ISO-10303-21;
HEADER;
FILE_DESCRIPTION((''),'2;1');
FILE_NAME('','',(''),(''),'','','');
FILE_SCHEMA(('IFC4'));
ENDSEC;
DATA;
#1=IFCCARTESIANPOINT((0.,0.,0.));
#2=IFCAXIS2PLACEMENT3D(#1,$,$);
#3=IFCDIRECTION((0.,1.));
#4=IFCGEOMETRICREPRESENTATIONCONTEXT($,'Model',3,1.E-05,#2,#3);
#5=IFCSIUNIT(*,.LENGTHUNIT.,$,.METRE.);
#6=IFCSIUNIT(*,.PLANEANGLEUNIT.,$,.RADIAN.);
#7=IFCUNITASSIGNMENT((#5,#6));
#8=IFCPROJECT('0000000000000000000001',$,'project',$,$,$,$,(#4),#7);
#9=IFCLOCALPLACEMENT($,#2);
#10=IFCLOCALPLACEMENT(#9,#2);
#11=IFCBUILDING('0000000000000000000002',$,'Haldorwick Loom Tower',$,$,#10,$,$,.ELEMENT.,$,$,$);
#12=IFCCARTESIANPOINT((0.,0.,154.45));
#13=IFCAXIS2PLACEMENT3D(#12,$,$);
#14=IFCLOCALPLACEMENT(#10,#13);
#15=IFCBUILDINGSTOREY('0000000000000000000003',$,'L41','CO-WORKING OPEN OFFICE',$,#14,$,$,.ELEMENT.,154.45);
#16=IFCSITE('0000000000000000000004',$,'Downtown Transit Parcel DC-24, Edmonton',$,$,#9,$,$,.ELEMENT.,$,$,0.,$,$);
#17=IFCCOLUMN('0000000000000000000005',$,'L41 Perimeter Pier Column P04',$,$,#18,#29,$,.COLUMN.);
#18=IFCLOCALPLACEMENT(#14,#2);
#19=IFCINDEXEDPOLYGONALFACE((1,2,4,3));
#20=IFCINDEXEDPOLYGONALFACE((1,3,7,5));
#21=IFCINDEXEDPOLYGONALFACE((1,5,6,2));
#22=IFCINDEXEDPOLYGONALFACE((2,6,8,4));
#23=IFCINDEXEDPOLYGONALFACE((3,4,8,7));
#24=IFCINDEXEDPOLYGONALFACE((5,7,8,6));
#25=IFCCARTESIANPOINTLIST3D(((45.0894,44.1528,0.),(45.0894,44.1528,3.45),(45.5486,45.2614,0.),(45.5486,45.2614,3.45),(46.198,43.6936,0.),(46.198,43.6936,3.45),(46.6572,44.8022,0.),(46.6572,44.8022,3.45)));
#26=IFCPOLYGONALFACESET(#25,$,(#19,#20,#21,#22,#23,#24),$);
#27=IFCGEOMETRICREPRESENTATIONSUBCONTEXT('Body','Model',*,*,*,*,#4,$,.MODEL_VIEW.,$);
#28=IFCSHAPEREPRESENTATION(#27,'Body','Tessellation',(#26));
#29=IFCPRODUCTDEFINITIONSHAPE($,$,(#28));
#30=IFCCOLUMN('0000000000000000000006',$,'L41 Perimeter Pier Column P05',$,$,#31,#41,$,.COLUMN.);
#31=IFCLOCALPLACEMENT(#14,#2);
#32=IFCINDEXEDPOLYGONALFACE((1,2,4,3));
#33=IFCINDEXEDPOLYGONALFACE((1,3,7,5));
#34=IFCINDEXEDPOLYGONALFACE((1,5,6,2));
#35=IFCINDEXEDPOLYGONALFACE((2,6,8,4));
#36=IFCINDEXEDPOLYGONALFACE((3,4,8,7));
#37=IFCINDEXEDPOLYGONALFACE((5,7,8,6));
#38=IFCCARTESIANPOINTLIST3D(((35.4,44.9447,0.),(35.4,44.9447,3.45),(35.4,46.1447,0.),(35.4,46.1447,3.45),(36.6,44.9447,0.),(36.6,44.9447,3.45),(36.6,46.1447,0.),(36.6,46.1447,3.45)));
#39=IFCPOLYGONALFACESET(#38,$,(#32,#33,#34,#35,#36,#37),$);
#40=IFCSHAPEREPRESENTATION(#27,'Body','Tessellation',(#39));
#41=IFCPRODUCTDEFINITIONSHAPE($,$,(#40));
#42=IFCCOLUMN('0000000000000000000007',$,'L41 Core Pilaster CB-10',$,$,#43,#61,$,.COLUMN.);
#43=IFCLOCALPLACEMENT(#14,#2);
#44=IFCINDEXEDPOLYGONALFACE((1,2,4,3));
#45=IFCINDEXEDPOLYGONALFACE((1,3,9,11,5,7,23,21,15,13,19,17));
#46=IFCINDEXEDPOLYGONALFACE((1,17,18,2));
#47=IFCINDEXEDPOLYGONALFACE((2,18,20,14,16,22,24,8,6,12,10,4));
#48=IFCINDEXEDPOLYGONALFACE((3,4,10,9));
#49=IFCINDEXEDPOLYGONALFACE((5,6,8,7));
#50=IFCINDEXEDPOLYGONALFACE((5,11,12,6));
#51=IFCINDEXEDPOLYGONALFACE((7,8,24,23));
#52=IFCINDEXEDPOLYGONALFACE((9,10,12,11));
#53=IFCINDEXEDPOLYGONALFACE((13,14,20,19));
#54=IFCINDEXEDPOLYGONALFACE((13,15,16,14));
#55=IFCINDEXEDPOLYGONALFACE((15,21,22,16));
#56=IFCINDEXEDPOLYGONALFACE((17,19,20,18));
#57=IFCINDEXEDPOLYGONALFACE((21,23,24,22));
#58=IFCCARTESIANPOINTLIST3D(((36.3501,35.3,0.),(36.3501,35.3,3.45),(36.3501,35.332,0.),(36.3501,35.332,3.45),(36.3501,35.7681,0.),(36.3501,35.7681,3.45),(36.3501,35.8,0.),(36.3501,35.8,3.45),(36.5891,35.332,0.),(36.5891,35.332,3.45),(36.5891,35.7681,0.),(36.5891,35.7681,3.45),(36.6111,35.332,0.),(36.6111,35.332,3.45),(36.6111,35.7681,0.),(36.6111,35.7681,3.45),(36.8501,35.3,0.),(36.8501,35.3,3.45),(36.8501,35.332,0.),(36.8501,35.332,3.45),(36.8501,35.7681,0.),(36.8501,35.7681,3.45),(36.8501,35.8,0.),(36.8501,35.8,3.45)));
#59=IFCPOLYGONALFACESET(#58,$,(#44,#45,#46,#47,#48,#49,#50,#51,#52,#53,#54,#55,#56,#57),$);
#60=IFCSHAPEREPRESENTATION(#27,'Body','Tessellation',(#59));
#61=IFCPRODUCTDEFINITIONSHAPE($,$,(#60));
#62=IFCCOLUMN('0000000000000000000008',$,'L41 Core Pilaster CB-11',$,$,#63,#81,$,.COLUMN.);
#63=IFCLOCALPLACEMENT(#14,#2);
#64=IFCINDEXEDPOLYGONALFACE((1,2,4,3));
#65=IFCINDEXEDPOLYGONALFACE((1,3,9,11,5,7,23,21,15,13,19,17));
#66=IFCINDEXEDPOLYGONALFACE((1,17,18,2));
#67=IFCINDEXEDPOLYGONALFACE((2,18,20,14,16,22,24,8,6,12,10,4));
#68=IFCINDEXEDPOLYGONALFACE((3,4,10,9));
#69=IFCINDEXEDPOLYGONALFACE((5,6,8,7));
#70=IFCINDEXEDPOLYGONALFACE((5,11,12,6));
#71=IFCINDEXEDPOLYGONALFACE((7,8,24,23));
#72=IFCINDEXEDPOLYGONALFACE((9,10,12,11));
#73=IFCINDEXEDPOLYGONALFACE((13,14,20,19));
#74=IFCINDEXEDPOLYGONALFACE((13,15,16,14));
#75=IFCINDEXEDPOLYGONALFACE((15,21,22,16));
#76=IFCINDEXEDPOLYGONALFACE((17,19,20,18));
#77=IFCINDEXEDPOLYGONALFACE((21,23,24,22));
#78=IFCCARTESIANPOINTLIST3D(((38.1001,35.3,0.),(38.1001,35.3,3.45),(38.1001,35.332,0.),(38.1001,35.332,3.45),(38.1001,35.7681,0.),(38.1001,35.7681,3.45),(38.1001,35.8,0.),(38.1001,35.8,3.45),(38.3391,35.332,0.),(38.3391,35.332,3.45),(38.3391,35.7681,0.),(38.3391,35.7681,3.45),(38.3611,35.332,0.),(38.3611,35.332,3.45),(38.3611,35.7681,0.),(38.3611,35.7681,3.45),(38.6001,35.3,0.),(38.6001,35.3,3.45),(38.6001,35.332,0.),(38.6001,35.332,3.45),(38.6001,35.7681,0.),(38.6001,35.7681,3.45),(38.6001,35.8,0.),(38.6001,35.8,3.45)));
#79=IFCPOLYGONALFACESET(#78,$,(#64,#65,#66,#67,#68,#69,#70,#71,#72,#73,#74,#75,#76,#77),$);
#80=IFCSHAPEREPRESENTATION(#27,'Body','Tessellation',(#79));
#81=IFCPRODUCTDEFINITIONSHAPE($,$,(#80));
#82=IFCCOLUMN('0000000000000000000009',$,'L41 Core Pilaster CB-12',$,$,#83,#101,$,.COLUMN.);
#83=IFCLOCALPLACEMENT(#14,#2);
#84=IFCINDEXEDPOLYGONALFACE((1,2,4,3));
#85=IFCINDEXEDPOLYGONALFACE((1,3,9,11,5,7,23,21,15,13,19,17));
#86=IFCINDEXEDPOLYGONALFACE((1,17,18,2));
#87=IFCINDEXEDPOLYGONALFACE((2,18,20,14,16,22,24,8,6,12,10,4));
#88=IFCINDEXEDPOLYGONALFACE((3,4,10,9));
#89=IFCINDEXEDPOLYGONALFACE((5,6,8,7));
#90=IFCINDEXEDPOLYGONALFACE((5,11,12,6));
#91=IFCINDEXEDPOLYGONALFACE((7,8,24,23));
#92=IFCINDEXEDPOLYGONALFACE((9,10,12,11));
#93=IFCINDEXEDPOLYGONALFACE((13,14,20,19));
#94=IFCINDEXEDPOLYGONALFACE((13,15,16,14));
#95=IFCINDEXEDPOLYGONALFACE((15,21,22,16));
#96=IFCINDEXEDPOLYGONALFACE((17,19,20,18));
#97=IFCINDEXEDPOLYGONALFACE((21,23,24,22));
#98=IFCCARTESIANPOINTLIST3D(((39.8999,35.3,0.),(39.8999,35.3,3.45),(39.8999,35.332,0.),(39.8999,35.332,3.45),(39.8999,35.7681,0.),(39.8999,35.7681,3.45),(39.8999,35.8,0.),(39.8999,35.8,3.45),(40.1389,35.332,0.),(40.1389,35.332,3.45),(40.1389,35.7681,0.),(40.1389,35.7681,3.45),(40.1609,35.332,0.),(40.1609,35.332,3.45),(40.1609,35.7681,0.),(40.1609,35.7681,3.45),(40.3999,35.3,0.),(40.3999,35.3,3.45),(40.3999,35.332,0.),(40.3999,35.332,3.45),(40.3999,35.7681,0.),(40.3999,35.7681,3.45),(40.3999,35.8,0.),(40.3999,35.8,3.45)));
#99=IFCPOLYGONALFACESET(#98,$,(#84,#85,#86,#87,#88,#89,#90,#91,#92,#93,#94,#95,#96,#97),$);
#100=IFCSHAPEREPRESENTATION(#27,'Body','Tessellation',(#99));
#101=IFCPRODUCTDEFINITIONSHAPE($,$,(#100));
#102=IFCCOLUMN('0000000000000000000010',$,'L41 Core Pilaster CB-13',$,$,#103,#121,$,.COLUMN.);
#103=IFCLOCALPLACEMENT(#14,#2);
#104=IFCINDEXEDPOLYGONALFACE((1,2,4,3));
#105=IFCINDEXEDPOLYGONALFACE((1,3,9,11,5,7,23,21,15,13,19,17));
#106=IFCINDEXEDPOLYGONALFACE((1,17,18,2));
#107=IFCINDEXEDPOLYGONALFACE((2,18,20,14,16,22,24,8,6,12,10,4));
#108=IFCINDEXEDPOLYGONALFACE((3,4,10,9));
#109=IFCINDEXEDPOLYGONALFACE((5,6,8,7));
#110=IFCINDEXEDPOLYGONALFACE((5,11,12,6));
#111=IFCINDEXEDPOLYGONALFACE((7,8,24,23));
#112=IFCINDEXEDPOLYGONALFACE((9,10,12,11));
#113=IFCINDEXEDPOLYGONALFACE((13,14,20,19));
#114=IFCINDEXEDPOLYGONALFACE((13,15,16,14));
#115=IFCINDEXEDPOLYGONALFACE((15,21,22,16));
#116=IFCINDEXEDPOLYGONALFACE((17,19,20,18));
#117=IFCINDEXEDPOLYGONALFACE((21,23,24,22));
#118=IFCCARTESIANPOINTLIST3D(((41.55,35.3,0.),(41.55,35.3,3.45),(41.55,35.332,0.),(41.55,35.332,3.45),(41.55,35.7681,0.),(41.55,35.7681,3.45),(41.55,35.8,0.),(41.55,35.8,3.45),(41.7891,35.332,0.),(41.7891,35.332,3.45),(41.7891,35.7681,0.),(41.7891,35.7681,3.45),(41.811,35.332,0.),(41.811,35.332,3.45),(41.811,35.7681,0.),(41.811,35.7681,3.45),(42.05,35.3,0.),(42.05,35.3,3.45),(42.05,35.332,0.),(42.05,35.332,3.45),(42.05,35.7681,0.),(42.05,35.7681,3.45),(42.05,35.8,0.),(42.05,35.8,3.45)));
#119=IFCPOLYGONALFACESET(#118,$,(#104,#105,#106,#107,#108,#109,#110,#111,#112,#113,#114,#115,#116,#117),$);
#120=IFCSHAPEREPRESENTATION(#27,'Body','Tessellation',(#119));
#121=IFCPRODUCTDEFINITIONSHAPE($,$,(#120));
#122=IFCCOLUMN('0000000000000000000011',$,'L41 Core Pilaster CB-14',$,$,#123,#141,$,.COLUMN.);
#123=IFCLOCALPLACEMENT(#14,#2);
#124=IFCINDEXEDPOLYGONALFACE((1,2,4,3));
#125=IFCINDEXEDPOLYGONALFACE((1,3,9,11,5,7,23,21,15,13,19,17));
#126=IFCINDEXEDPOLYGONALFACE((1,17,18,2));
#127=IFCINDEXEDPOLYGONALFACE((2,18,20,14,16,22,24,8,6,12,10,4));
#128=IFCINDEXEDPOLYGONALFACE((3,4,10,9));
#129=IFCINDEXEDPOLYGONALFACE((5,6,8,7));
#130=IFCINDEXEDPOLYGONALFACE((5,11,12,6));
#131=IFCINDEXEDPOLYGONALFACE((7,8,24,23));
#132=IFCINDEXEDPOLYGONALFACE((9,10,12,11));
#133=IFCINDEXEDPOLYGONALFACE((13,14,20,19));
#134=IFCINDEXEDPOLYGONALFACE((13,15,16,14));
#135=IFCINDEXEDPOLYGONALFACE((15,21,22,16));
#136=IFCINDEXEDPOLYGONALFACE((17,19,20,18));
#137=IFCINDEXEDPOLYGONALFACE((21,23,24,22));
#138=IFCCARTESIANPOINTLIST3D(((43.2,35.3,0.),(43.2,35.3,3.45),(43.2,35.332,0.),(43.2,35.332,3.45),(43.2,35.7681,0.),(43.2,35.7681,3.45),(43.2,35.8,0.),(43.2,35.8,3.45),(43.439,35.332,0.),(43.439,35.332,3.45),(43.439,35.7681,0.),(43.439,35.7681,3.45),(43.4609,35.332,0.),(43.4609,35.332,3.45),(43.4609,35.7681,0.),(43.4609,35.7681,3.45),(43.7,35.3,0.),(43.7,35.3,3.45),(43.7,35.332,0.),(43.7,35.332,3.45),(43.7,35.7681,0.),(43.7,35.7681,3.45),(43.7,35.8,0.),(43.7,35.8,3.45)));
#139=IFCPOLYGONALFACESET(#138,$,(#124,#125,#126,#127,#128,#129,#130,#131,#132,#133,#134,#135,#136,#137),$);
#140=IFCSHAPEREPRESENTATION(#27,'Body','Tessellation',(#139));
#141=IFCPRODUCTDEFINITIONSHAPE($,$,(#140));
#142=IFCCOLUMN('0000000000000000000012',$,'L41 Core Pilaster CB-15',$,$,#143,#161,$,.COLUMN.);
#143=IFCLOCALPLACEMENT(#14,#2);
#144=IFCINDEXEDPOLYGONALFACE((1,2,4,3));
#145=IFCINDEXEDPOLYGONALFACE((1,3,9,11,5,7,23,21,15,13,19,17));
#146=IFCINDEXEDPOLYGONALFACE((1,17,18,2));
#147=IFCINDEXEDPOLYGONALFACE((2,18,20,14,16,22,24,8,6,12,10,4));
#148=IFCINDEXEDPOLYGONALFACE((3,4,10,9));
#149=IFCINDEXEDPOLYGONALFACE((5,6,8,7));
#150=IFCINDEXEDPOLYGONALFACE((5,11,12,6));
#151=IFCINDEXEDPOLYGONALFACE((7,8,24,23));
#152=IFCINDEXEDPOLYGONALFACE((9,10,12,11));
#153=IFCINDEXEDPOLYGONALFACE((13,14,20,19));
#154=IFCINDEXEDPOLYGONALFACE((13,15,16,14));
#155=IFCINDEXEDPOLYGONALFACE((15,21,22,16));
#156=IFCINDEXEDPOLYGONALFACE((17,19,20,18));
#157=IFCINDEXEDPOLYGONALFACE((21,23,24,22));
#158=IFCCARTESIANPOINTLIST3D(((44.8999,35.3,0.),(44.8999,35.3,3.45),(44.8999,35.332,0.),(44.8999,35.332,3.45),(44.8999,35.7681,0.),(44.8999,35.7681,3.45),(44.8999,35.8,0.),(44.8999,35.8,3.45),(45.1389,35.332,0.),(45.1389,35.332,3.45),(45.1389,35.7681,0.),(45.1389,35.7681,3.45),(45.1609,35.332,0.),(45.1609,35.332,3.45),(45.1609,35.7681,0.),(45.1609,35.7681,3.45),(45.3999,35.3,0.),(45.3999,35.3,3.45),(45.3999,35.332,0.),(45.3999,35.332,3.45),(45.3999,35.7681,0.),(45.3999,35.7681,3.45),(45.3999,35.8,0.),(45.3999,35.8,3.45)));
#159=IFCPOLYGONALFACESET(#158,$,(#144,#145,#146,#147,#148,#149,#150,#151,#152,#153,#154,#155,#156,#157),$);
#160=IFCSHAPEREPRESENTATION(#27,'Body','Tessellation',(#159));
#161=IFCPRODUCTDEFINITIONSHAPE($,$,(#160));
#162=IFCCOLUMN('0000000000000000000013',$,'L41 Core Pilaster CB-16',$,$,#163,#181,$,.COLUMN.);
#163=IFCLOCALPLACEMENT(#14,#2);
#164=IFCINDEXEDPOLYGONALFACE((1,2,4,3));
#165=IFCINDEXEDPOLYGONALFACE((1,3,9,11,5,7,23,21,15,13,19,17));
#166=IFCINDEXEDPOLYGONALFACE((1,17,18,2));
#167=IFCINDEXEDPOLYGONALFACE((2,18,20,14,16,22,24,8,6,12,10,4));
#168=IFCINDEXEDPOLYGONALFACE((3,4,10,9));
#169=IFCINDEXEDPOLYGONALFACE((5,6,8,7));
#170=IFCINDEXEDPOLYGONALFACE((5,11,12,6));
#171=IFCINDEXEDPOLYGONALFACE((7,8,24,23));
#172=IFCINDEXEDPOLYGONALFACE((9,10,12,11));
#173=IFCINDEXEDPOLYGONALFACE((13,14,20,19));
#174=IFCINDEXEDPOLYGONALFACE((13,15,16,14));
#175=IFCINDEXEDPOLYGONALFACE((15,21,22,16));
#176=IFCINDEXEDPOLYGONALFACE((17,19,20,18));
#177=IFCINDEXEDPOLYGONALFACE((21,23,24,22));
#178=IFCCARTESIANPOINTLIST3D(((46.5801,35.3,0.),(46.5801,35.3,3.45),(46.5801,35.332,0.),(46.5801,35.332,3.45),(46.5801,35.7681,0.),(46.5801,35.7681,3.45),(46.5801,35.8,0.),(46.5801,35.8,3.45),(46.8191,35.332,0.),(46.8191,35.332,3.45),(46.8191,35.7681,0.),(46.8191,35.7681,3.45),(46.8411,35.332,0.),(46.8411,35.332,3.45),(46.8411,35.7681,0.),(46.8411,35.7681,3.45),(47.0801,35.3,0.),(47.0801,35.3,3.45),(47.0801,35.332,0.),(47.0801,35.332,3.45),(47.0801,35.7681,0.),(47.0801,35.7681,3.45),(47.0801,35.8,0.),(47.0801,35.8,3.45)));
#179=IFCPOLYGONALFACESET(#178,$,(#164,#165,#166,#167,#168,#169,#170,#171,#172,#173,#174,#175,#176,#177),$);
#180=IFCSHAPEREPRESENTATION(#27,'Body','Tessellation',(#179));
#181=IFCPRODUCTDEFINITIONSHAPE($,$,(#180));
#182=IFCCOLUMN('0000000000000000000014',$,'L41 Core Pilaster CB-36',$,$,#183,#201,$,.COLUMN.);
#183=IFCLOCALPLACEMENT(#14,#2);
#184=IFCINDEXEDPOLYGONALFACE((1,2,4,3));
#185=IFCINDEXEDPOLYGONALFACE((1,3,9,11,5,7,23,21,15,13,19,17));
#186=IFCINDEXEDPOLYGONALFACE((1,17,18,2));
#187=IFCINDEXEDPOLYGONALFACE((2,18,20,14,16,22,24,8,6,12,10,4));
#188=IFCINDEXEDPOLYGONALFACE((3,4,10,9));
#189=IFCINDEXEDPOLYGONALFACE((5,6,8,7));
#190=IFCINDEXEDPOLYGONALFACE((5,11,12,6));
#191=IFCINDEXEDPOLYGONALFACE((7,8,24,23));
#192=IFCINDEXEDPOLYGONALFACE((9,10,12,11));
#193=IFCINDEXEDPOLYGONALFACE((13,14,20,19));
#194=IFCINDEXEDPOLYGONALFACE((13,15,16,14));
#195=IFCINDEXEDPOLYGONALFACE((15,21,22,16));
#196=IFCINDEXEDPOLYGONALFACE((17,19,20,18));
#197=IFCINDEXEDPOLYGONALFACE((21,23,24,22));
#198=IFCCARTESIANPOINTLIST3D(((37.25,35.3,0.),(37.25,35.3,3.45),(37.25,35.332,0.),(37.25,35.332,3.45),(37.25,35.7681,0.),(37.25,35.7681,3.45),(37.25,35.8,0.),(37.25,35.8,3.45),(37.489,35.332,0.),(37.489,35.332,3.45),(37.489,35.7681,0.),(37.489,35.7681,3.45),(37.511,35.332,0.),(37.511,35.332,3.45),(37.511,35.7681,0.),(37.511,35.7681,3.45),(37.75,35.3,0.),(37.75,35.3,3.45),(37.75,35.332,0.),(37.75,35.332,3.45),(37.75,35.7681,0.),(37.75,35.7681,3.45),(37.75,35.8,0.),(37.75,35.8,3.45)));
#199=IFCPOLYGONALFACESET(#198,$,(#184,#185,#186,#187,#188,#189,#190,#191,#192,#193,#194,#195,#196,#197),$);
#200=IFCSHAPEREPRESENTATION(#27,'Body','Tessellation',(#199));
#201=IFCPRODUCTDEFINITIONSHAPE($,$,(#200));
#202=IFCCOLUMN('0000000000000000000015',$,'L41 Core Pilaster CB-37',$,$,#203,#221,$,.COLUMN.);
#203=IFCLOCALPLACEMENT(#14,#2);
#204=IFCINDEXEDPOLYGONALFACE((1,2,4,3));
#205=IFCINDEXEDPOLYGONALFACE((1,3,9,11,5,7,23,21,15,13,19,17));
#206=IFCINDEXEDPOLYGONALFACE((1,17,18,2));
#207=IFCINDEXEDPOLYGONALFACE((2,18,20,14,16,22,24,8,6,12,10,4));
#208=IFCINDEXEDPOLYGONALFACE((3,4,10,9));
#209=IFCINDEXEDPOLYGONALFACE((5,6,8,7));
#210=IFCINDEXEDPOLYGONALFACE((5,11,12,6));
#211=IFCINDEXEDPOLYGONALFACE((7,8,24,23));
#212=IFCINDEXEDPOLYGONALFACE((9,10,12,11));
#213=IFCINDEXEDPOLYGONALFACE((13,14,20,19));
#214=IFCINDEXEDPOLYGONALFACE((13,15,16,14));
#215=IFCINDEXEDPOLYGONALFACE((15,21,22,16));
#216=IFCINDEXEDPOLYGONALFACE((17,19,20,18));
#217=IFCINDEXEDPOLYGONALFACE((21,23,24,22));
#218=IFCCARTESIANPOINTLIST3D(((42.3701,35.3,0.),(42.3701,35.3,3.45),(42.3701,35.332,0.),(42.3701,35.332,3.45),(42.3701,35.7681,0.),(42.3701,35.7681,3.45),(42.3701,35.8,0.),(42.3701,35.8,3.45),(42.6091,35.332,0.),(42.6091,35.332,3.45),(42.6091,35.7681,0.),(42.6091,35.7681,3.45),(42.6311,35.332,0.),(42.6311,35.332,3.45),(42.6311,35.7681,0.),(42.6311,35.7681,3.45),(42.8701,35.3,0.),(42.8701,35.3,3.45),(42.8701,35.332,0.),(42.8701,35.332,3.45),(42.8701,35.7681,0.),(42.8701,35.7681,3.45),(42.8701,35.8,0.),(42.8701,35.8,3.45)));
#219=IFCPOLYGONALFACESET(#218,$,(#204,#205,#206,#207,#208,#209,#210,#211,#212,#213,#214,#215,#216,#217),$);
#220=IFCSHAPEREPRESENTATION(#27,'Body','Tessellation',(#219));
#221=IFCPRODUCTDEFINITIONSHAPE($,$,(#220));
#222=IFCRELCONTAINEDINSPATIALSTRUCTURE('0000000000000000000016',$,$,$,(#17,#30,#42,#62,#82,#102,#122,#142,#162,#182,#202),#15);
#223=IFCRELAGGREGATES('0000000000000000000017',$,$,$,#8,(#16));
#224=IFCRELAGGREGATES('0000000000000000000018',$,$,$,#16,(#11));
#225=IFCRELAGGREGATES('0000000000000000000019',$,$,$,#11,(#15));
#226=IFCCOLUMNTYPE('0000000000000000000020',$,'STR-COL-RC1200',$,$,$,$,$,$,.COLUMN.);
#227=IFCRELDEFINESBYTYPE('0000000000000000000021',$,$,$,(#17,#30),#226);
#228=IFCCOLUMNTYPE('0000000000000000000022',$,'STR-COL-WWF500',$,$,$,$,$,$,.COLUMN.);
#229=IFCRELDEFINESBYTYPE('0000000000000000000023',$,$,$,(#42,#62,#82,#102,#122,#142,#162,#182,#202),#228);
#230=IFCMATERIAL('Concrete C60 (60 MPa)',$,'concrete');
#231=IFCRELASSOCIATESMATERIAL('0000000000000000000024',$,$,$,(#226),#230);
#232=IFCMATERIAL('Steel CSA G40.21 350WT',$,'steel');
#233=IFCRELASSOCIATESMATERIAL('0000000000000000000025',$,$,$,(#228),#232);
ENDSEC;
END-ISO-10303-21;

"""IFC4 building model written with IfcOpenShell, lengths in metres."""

from ifc_helpers import new_model, si_unit, direction, frame, origin, origin_2d, place, context, subcontext, project, spatial, rectangle, i_section, extrude, material, material_profile, profile_set, type_object, element, save


model = new_model("IFC4")

# Units and contexts
model_context = context("Model", 3, precision=1e-05, world=origin(), true_north=direction((0.0, 1.0)))
body_context = subcontext(model_context, "Body", "Model", "MODEL_VIEW")
ifc_project = project(units=[si_unit("LENGTHUNIT", "METRE"), si_unit("PLANEANGLEUNIT", "RADIAN")], contexts=[model_context])

# Site, building, storey
site_placement = place(None, origin())
site = spatial("IfcSite", under=ifc_project, at=site_placement, Name="Downtown Transit Parcel DC-24, Edmonton", CompositionType="ELEMENT", RefElevation=0.0)
building_placement = place(site_placement, origin())
building = spatial("IfcBuilding", under=site, at=building_placement, Name="Haldorwick Loom Tower", CompositionType="ELEMENT")
storey_placement = place(building_placement, frame((0.0, 0.0, 154.45)))
storey = spatial("IfcBuildingStorey", under=building, at=storey_placement, Name="L41", Description="CO-WORKING OPEN OFFICE", CompositionType="ELEMENT", Elevation=154.45)

# Columns
ifc_material_1 = material(Name="Concrete C60 (60 MPa)", Category="concrete")
ifc_material_profile_1 = material_profile(ifc_material_1, rectangle(XDim=1.2, YDim=1.2, at=origin_2d()), Name="RC1200X1200", Category="concrete")
ifc_profile_set_1 = profile_set([ifc_material_profile_1], Name="Concrete C60 (60 MPa)")
column_type_1 = type_object("IfcColumnType", Name="STR-COL-RC1200", PredefinedType="COLUMN", material=ifc_profile_set_1)
for number, where, z_axis, x_axis, name in (
    (1, (45.8733, 44.4775, 0.0), (0.0, 0.0, 1.0), (0.382683, 0.92388, 0.0), "L41 Perimeter Pier Column P04"),
    (2, (36.0, 45.5447, 0.0), (0.0, 0.0, 1.0), (0.0, 1.0, 0.0), "L41 Perimeter Pier Column P05"),
):
    element("IfcColumn", number, at=place(storey_placement, frame(where, z_axis=z_axis, x_axis=x_axis)), inside=storey, type_object=column_type_1, Name=name, PredefinedType="COLUMN", context=body_context, shape_type="SweptSolid", body=[
        extrude(rectangle(XDim=1.2, YDim=1.2, at=origin_2d()), origin(), (0.0, 0.0, 1.0), 3.45),
    ])
ifc_material_2 = material(Name="Steel CSA G40.21 350WT", Category="steel")
ifc_material_profile_2 = material_profile(ifc_material_2, i_section(OverallWidth=0.5, OverallDepth=0.5, WebThickness=0.022, FlangeThickness=0.032, at=origin_2d()), Name="WWF500X500", Category="steel")
ifc_profile_set_2 = profile_set([ifc_material_profile_2], Name="Steel CSA G40.21 350WT")
column_type_2 = type_object("IfcColumnType", Name="STR-COL-WWF500", PredefinedType="COLUMN", material=ifc_profile_set_2)
for number, where, z_axis, x_axis, name in (
    (3, (36.6001, 35.55, 0.0), (0.0, 0.0, 1.0), (1.0, 0.0, 0.0), "L41 Core Pilaster CB-10"),
    (4, (38.3501, 35.55, 0.0), (0.0, 0.0, 1.0), (1.0, 0.0, 0.0), "L41 Core Pilaster CB-11"),
    (5, (40.1499, 35.55, 0.0), (0.0, 0.0, 1.0), (1.0, 0.0, 0.0), "L41 Core Pilaster CB-12"),
    (6, (41.8, 35.55, 0.0), (0.0, 0.0, 1.0), (1.0, 0.0, 0.0), "L41 Core Pilaster CB-13"),
    (7, (43.45, 35.55, 0.0), (0.0, 0.0, 1.0), (1.0, 0.0, 0.0), "L41 Core Pilaster CB-14"),
    (8, (45.1499, 35.55, 0.0), (0.0, 0.0, 1.0), (1.0, 0.0, 0.0), "L41 Core Pilaster CB-15"),
    (9, (46.8301, 35.55, 0.0), (0.0, 0.0, 1.0), (1.0, 0.0, 0.0), "L41 Core Pilaster CB-16"),
    (10, (37.5, 35.55, 0.0), (0.0, 0.0, 1.0), (1.0, 0.0, 0.0), "L41 Core Pilaster CB-36"),
    (11, (42.6201, 35.55, 0.0), (0.0, 0.0, 1.0), (1.0, 0.0, 0.0), "L41 Core Pilaster CB-37"),
):
    element("IfcColumn", number, at=place(storey_placement, frame(where, z_axis=z_axis, x_axis=x_axis)), inside=storey, type_object=column_type_2, Name=name, PredefinedType="COLUMN", context=body_context, shape_type="SweptSolid", body=[
        extrude(i_section(OverallWidth=0.5, OverallDepth=0.5, WebThickness=0.022, FlangeThickness=0.032, at=origin_2d()), origin(), (0.0, 0.0, 1.0), 3.45),
    ])

save(model, "model.ifc")
